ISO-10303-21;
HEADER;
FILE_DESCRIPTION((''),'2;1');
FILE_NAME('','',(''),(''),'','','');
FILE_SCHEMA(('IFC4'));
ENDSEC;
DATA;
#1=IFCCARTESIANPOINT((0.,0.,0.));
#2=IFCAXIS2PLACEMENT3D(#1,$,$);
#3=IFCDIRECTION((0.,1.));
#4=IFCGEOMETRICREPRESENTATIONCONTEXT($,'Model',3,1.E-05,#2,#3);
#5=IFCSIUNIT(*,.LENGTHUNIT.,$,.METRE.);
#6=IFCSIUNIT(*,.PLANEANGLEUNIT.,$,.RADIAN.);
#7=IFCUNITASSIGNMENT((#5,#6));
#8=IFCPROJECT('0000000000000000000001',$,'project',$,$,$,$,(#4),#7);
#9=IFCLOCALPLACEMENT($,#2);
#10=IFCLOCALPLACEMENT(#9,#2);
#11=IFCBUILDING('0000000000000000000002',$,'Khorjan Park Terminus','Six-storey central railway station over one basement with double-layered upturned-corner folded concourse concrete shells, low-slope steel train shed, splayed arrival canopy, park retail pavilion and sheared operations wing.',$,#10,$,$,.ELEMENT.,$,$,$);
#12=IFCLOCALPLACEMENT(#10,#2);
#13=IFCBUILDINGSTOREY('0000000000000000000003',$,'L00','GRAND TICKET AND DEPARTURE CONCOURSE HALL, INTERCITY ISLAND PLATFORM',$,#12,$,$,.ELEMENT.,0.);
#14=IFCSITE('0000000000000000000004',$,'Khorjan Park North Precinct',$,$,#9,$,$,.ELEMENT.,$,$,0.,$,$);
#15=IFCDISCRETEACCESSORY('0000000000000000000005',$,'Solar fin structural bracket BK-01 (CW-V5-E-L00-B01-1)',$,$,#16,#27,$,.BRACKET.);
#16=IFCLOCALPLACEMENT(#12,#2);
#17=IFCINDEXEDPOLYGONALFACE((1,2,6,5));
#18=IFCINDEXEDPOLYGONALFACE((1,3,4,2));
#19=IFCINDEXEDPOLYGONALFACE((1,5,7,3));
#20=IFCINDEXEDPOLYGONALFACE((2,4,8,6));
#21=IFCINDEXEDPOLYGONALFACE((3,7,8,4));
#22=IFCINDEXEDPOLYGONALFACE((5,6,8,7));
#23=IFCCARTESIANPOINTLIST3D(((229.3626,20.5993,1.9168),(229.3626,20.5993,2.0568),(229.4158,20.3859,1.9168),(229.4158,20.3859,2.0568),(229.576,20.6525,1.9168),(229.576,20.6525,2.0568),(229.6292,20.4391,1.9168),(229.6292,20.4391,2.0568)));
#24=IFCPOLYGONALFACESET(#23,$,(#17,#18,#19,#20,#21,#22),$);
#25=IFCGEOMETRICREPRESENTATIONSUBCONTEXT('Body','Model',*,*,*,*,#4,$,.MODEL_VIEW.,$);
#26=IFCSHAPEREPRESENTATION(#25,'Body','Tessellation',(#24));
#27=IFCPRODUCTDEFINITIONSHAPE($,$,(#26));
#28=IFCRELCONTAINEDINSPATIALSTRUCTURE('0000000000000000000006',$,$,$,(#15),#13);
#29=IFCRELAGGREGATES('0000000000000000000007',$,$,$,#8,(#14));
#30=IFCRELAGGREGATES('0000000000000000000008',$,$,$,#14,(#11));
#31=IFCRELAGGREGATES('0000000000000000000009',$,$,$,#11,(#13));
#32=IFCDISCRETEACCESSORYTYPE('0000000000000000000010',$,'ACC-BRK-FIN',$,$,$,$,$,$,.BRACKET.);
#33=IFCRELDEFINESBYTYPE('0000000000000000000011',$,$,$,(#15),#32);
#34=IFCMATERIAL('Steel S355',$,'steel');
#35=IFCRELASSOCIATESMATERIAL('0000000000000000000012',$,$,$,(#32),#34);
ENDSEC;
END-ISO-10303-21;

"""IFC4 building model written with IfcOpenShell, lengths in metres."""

from ifc_helpers import new_model, si_unit, direction, frame, origin, origin_2d, place, context, subcontext, project, spatial, rectangle, extrude, material, type_object, element, save


model = new_model("IFC4")

# Units and contexts
model_context = context("Model", 3, precision=1e-05, world=origin(), true_north=direction((0.0, 1.0)))
body_context = subcontext(model_context, "Body", "Model", "MODEL_VIEW")
ifc_project = project(units=[si_unit("LENGTHUNIT", "METRE"), si_unit("PLANEANGLEUNIT", "RADIAN")], contexts=[model_context])

# Site, building, storey
site_placement = place(None, origin())
site = spatial("IfcSite", under=ifc_project, at=site_placement, Name="Khorjan Park North Precinct", CompositionType="ELEMENT", RefElevation=0.0)
building_placement = place(site_placement, origin())
building = spatial("IfcBuilding", under=site, at=building_placement, Name="Khorjan Park Terminus", Description="Six-storey central railway station over one basement with double-layered upturned-corner folded concourse concrete shells, low-slope steel train shed, splayed arrival canopy, park retail pavilion and sheared operations wing.", CompositionType="ELEMENT")
storey_placement = place(building_placement, origin())
storey = spatial("IfcBuildingStorey", under=building, at=storey_placement, Name="L00", Description="GRAND TICKET AND DEPARTURE CONCOURSE HALL, INTERCITY ISLAND PLATFORM", CompositionType="ELEMENT", Elevation=0.0)

# Shared definitions
ifc_material_1 = material(Name="Steel S355", Category="steel")

# Discrete accessory
discrete_accessory_type = type_object("IfcDiscreteAccessoryType", Name="ACC-BRK-FIN", PredefinedType="BRACKET", material=ifc_material_1)
discrete_accessory_placement = place(storey_placement, frame((229.4959, 20.5192, 1.9168), z_axis=(0.0, 0.0, 1.0), x_axis=(-0.24192, 0.970296, 0.0)))
element("IfcDiscreteAccessory", 1, at=discrete_accessory_placement, inside=storey, type_object=discrete_accessory_type, Name="Solar fin structural bracket BK-01 (CW-V5-E-L00-B01-1)", PredefinedType="BRACKET", context=body_context, shape_type="SweptSolid", body=[
    extrude(rectangle(XDim=0.22, YDim=0.22, at=origin_2d()), origin(), (0.0, 0.0, 1.0), 0.14),
])

save(model, "model.ifc")
